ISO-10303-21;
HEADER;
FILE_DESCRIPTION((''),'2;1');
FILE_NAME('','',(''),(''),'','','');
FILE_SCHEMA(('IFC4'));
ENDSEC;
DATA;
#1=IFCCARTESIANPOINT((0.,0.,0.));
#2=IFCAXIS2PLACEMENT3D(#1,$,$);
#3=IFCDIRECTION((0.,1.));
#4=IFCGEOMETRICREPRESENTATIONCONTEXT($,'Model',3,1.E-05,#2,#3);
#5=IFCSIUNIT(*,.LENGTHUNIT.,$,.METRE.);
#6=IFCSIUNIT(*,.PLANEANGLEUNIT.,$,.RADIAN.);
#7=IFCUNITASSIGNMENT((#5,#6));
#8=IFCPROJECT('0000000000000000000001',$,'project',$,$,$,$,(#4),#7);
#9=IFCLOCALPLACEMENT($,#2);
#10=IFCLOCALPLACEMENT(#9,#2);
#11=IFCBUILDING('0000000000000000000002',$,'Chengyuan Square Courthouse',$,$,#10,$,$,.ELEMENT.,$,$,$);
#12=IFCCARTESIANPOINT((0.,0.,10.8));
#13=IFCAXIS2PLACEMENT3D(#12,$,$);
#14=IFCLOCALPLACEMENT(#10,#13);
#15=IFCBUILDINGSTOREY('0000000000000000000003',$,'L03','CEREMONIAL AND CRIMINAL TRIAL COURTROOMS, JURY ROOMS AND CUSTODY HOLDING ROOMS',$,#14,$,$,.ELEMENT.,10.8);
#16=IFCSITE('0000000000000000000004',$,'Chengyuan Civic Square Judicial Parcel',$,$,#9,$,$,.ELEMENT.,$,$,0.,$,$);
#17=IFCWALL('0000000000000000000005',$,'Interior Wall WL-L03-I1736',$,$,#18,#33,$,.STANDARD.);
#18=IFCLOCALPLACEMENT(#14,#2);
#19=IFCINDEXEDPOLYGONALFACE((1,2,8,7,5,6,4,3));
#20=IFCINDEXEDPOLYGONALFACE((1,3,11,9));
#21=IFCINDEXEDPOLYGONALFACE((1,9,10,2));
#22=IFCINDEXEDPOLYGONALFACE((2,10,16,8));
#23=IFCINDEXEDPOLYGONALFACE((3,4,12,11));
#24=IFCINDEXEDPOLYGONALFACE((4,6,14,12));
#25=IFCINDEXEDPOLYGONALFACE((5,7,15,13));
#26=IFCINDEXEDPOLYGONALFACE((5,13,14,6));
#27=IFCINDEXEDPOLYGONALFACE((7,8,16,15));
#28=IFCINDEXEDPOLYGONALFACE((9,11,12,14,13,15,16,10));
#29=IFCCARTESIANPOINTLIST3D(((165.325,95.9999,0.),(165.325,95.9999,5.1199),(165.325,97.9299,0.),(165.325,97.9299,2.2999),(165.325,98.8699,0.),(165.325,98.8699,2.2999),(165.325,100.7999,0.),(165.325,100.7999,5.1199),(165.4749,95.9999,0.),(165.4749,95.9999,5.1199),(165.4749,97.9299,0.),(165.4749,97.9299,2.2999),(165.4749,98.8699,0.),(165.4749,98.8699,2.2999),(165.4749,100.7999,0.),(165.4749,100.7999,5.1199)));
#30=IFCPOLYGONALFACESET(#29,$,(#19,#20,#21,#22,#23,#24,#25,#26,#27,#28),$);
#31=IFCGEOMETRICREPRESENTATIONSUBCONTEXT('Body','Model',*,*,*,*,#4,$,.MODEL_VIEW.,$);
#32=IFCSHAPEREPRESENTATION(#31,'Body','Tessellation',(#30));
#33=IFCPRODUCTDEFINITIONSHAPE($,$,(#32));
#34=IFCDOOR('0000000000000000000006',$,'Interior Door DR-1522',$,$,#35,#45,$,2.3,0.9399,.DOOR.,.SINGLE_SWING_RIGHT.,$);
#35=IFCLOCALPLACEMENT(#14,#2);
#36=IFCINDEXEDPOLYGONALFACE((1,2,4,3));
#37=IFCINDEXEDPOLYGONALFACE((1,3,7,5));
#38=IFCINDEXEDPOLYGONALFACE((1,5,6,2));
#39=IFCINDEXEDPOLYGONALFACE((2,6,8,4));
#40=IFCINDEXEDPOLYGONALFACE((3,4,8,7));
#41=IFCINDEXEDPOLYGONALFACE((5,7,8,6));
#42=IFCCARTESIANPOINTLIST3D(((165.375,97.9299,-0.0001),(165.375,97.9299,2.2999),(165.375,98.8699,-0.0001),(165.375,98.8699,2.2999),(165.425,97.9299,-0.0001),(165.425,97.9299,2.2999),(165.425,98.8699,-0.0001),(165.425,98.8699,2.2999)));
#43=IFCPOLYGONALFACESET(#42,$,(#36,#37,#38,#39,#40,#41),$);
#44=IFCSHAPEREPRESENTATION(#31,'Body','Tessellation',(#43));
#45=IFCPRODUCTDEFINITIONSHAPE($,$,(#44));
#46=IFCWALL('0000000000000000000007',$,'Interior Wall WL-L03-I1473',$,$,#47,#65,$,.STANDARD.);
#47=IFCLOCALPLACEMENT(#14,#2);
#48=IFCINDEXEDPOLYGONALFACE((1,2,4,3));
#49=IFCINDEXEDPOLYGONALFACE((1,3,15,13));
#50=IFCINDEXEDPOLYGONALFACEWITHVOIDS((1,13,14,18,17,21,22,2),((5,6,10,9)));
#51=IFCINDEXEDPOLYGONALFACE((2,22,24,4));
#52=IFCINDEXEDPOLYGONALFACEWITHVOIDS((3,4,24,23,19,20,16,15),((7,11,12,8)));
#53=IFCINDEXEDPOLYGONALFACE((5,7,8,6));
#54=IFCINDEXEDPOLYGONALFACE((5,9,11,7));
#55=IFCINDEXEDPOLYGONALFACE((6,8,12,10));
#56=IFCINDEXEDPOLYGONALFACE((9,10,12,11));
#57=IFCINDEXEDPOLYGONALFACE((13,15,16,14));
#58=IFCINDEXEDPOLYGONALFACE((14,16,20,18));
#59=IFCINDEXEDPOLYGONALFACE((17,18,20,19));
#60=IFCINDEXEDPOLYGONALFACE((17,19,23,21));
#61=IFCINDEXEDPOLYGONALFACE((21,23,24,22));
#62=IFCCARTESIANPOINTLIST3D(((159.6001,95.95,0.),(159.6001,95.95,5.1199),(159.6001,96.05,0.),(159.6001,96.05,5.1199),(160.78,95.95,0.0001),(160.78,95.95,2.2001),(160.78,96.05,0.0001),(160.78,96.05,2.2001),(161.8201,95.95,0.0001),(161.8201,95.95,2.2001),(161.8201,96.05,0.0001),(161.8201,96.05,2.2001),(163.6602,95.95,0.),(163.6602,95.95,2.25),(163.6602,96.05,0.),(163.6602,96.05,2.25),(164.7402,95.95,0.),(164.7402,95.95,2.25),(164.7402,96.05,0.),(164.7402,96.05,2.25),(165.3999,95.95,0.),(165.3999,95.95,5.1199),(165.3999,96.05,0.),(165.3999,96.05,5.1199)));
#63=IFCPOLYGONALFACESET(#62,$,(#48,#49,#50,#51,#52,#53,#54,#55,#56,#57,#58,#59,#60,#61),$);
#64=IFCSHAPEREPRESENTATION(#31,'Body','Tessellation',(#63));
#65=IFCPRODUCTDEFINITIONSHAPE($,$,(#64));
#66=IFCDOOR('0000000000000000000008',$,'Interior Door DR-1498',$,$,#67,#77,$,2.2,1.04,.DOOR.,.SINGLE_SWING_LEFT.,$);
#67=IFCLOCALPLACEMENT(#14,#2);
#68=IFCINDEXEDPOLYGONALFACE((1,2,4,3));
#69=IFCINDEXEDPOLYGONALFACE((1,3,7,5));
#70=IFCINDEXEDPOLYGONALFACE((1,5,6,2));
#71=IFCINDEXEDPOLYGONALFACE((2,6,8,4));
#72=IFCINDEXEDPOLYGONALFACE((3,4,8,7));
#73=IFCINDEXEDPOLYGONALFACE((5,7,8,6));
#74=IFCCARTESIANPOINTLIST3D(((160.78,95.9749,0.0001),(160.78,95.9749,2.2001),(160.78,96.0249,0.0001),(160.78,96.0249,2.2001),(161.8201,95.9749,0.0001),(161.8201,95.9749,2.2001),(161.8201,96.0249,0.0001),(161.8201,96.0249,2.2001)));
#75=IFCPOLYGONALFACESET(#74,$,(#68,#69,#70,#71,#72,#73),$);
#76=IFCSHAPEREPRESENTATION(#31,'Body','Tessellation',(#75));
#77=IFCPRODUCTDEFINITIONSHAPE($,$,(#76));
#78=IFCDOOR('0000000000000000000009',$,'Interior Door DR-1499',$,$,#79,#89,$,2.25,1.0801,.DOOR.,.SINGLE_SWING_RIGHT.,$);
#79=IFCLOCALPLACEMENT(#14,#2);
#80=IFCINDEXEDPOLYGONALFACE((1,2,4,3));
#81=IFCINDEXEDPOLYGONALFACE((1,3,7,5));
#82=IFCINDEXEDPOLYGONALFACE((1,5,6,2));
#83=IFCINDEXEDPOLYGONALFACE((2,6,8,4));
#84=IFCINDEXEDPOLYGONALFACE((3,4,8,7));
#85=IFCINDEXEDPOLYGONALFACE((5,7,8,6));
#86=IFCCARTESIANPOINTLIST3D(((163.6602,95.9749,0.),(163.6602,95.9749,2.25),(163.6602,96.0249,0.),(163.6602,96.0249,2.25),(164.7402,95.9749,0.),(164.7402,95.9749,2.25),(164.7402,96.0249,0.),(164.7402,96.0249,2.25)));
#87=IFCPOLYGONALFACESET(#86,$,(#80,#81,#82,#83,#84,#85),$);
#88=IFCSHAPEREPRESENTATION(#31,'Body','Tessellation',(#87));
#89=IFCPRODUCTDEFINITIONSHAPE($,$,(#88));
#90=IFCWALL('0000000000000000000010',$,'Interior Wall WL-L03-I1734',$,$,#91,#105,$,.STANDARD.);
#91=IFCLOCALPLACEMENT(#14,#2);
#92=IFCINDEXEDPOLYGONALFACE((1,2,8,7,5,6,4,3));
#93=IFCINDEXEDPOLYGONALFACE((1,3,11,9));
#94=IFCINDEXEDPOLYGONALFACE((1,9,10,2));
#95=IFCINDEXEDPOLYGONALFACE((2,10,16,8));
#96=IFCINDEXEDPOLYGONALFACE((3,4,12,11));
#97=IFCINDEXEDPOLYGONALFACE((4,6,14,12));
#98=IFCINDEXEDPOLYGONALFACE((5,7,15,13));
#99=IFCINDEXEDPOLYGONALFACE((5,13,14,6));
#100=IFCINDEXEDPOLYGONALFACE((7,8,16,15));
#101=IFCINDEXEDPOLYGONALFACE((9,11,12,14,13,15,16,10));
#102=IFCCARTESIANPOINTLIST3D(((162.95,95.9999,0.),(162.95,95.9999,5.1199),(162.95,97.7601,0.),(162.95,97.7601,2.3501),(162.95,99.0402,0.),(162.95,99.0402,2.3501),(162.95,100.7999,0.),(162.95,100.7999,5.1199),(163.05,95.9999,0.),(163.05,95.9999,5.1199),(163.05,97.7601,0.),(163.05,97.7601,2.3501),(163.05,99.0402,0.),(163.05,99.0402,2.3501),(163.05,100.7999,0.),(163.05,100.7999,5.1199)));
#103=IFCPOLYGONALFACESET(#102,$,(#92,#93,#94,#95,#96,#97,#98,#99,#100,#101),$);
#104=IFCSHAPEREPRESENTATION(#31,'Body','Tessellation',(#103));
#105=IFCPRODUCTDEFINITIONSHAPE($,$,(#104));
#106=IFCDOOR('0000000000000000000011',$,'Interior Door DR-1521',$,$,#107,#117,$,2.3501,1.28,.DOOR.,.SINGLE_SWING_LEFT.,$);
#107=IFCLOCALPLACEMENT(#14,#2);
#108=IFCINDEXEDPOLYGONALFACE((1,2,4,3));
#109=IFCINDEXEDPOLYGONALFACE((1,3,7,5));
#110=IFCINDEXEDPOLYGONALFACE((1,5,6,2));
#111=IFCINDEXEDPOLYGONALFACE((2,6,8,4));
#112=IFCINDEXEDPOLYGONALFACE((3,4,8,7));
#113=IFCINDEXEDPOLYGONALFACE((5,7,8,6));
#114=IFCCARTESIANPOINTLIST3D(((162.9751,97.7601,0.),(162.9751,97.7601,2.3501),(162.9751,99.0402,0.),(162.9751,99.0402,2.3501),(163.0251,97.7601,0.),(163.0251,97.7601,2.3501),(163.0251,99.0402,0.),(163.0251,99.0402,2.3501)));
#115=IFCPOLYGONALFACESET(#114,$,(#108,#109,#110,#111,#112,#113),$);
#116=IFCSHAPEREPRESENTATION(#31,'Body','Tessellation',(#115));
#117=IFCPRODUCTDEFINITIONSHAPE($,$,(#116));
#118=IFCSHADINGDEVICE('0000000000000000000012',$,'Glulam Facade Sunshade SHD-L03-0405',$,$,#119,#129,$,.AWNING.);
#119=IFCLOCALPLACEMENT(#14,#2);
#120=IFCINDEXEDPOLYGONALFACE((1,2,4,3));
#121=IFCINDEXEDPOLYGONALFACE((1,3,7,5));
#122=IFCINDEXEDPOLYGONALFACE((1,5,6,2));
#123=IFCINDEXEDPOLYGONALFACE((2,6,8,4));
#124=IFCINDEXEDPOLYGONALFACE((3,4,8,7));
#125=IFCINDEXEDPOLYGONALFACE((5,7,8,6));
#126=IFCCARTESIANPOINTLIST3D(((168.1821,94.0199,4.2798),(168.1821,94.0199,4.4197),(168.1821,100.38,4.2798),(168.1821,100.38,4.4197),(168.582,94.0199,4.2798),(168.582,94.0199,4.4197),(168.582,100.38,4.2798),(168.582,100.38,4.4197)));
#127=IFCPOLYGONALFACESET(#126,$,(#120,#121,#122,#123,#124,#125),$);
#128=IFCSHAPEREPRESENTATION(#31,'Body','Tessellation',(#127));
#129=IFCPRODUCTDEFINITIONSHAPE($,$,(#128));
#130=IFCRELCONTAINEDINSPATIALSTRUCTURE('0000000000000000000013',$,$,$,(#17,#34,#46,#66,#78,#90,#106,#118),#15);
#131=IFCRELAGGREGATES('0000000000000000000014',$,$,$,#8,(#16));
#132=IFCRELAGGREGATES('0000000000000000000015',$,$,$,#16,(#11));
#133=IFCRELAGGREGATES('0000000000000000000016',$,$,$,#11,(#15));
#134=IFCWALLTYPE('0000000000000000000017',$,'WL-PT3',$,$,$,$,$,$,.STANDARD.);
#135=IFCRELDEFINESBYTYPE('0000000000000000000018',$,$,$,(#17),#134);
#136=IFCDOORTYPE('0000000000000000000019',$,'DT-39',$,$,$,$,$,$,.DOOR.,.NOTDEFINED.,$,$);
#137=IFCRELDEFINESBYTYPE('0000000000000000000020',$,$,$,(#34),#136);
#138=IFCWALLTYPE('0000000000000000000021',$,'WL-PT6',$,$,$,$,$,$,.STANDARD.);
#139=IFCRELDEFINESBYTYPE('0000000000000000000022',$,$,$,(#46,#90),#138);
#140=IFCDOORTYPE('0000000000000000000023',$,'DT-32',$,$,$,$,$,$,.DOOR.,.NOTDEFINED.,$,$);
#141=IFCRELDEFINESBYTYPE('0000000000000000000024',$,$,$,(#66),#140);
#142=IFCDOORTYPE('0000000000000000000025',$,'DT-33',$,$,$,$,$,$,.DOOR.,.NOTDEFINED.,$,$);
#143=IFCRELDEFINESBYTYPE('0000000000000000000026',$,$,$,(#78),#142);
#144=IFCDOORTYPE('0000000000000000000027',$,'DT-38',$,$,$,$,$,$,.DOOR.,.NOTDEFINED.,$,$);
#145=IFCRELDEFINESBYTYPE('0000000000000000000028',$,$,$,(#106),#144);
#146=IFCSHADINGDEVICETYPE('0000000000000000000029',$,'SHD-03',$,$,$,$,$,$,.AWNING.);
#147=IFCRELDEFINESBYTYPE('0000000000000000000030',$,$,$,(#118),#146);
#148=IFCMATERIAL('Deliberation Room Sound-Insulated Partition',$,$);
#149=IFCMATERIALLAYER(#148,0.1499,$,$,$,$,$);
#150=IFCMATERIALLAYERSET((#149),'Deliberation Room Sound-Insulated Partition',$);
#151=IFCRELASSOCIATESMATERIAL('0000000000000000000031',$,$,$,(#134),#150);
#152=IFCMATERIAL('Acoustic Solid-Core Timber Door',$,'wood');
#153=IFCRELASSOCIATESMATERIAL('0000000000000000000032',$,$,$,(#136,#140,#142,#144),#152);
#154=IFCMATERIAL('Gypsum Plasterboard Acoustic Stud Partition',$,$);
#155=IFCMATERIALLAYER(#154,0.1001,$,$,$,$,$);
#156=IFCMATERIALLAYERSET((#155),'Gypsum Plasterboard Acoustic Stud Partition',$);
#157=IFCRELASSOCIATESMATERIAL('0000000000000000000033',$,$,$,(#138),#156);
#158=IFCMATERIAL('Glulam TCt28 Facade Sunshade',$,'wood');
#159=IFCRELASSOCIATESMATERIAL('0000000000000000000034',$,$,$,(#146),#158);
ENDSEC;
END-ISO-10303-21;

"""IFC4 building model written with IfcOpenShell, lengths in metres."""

from ifc_helpers import new_model, si_unit, direction, frame, frame_2d, origin, origin_2d, place, context, subcontext, project, spatial, rectangle, extrude, material, layer, layer_set, type_object, element, fill, save


model = new_model("IFC4")

# Units and contexts
model_context = context("Model", 3, precision=1e-05, world=origin(), true_north=direction((0.0, 1.0)))
body_context = subcontext(model_context, "Body", "Model", "MODEL_VIEW")
ifc_project = project(units=[si_unit("LENGTHUNIT", "METRE"), si_unit("PLANEANGLEUNIT", "RADIAN")], contexts=[model_context])

# Site, building, storey
site_placement = place(None, origin())
site = spatial("IfcSite", under=ifc_project, at=site_placement, Name="Chengyuan Civic Square Judicial Parcel", CompositionType="ELEMENT", RefElevation=0.0)
building_placement = place(site_placement, origin())
building = spatial("IfcBuilding", under=site, at=building_placement, Name="Chengyuan Square Courthouse", CompositionType="ELEMENT")
storey_placement = place(building_placement, frame((0.0, 0.0, 10.8)))
storey = spatial("IfcBuildingStorey", under=building, at=storey_placement, Name="L03", Description="CEREMONIAL AND CRIMINAL TRIAL COURTROOMS, JURY ROOMS AND CUSTODY HOLDING ROOMS", CompositionType="ELEMENT", Elevation=10.8)

# Shared definitions
ifc_material_1 = material(Name="Deliberation Room Sound-Insulated Partition")
ifc_layer_1 = layer(ifc_material_1, 0.1499)
ifc_layer_set_1 = layer_set([ifc_layer_1], Name="Deliberation Room Sound-Insulated Partition")
wall_type_1 = type_object("IfcWallType", Name="WL-PT3", PredefinedType="STANDARD", material=ifc_layer_set_1)
ifc_material_2 = material(Name="Acoustic Solid-Core Timber Door", Category="wood")

# Wall, opening, door
wall_1_placement = place(storey_placement, frame((165.3999, 96.0, 0.0), z_axis=(0.0, 0.0, 1.0), x_axis=(0.0, 1.0, 0.0)))
wall_1 = element("IfcWall", 1, at=wall_1_placement, inside=storey, type_object=wall_type_1, Name="Interior Wall WL-L03-I1736", PredefinedType="STANDARD", context=body_context, shape_type="SweptSolid", body=[
    extrude(rectangle(XDim=4.8, YDim=0.1499, at=frame_2d((2.3999, 0.0))), origin(), (0.0, 0.0, 1.0), 5.1199),
])
opening_1_placement = place(wall_1_placement, frame((1.9299, 0.0, 0.0)))
opening_1 = element("IfcOpeningElement", 2, at=opening_1_placement, cuts=wall_1, PredefinedType="OPENING", context=body_context, shape_type="SweptSolid", body=[
    extrude(rectangle(XDim=0.9399, YDim=2.3, at=frame_2d((0.47, 1.1499))), frame((0.0, 0.0869, 0.0), z_axis=(0.0, -1.0, 0.0), x_axis=(1.0, 0.0, 0.0)), (0.0, 0.0, 1.0), 0.1738),
])
door_type_1 = type_object("IfcDoorType", Name="DT-39", OperationType="NOTDEFINED", PredefinedType="DOOR", material=ifc_material_2)
door_1_placement = place(opening_1_placement, origin())
door_1 = element("IfcDoor", 3, at=door_1_placement, inside=storey, type_object=door_type_1, Name="Interior Door DR-1522", OperationType="SINGLE_SWING_RIGHT", OverallHeight=2.3, OverallWidth=0.9399, PredefinedType="DOOR", context=body_context, shape_type="SweptSolid", body=[
    extrude(rectangle(XDim=0.9399, YDim=2.3, at=frame_2d((0.47, 1.1499))), frame((0.0, 0.0249, 0.0), z_axis=(0.0, -1.0, 0.0), x_axis=(1.0, 0.0, 0.0)), (0.0, 0.0, 1.0), 0.05),
])
fill(opening_1, door_1)

# Wall, openings, doors
ifc_material_3 = material(Name="Gypsum Plasterboard Acoustic Stud Partition")
ifc_layer_2 = layer(ifc_material_3, 0.1001)
ifc_layer_set_2 = layer_set([ifc_layer_2], Name="Gypsum Plasterboard Acoustic Stud Partition")
wall_type_2 = type_object("IfcWallType", Name="WL-PT6", PredefinedType="STANDARD", material=ifc_layer_set_2)
wall_2_placement = place(storey_placement, frame((159.6001, 96.0, 0.0), z_axis=(0.0, 0.0, 1.0), x_axis=(1.0, 0.0, 0.0)))
wall_2 = element("IfcWall", 4, at=wall_2_placement, inside=storey, type_object=wall_type_2, Name="Interior Wall WL-L03-I1473", PredefinedType="STANDARD", context=body_context, shape_type="SweptSolid", body=[
    extrude(rectangle(XDim=5.7998, YDim=0.1001, at=frame_2d((2.8999, 0.0))), origin(), (0.0, 0.0, 1.0), 5.1199),
])
opening_2_placement = place(wall_2_placement, frame((1.1799, 0.0, 0.0)))
opening_2 = element("IfcOpeningElement", 5, at=opening_2_placement, cuts=wall_2, PredefinedType="OPENING", context=body_context, shape_type="SweptSolid", body=[
    extrude(rectangle(XDim=1.04, YDim=2.2, at=frame_2d((0.52, 1.1001))), frame((0.0, 0.062, 0.0), z_axis=(0.0, -1.0, 0.0), x_axis=(1.0, 0.0, 0.0)), (0.0, 0.0, 1.0), 0.124),
])
opening_3_placement = place(wall_2_placement, frame((4.0601, 0.0, 0.0)))
opening_3 = element("IfcOpeningElement", 6, at=opening_3_placement, cuts=wall_2, PredefinedType="OPENING", context=body_context, shape_type="SweptSolid", body=[
    extrude(rectangle(XDim=1.0801, YDim=2.25, at=frame_2d((0.54, 1.125))), frame((0.0, 0.062, 0.0), z_axis=(0.0, -1.0, 0.0), x_axis=(1.0, 0.0, 0.0)), (0.0, 0.0, 1.0), 0.124),
])
door_type_2 = type_object("IfcDoorType", Name="DT-32", OperationType="NOTDEFINED", PredefinedType="DOOR", material=ifc_material_2)
door_2_placement = place(opening_2_placement, origin())
door_2 = element("IfcDoor", 7, at=door_2_placement, inside=storey, type_object=door_type_2, Name="Interior Door DR-1498", OperationType="SINGLE_SWING_LEFT", OverallHeight=2.2, OverallWidth=1.04, PredefinedType="DOOR", context=body_context, shape_type="SweptSolid", body=[
    extrude(rectangle(XDim=1.04, YDim=2.2, at=frame_2d((0.52, 1.1001))), frame((0.0, 0.0249, 0.0), z_axis=(0.0, -1.0, 0.0), x_axis=(1.0, 0.0, 0.0)), (0.0, 0.0, 1.0), 0.05),
])
fill(opening_2, door_2)
door_type_3 = type_object("IfcDoorType", Name="DT-33", OperationType="NOTDEFINED", PredefinedType="DOOR", material=ifc_material_2)
door_3_placement = place(opening_3_placement, origin())
door_3 = element("IfcDoor", 8, at=door_3_placement, inside=storey, type_object=door_type_3, Name="Interior Door DR-1499", OperationType="SINGLE_SWING_RIGHT", OverallHeight=2.25, OverallWidth=1.0801, PredefinedType="DOOR", context=body_context, shape_type="SweptSolid", body=[
    extrude(rectangle(XDim=1.0801, YDim=2.25, at=frame_2d((0.54, 1.125))), frame((0.0, 0.0249, 0.0), z_axis=(0.0, -1.0, 0.0), x_axis=(1.0, 0.0, 0.0)), (0.0, 0.0, 1.0), 0.05),
])
fill(opening_3, door_3)

# Wall, opening, door
wall_3_placement = place(storey_placement, frame((163.0, 96.0, 0.0), z_axis=(0.0, 0.0, 1.0), x_axis=(0.0, 1.0, 0.0)))
wall_3 = element("IfcWall", 9, at=wall_3_placement, inside=storey, type_object=wall_type_2, Name="Interior Wall WL-L03-I1734", PredefinedType="STANDARD", context=body_context, shape_type="SweptSolid", body=[
    extrude(rectangle(XDim=4.8, YDim=0.1001, at=frame_2d((2.3999, 0.0))), origin(), (0.0, 0.0, 1.0), 5.1199),
])
opening_4_placement = place(wall_3_placement, frame((1.76, 0.0, 0.0)))
opening_4 = element("IfcOpeningElement", 10, at=opening_4_placement, cuts=wall_3, PredefinedType="OPENING", context=body_context, shape_type="SweptSolid", body=[
    extrude(rectangle(XDim=1.28, YDim=2.3501, at=frame_2d((0.6401, 1.175))), frame((0.0, 0.062, 0.0), z_axis=(0.0, -1.0, 0.0), x_axis=(1.0, 0.0, 0.0)), (0.0, 0.0, 1.0), 0.124),
])
door_type_4 = type_object("IfcDoorType", Name="DT-38", OperationType="NOTDEFINED", PredefinedType="DOOR", material=ifc_material_2)
door_4_placement = place(opening_4_placement, origin())
door_4 = element("IfcDoor", 11, at=door_4_placement, inside=storey, type_object=door_type_4, Name="Interior Door DR-1521", OperationType="SINGLE_SWING_LEFT", OverallHeight=2.3501, OverallWidth=1.28, PredefinedType="DOOR", context=body_context, shape_type="SweptSolid", body=[
    extrude(rectangle(XDim=1.28, YDim=2.3501, at=frame_2d((0.6401, 1.175))), frame((0.0, 0.0249, 0.0), z_axis=(0.0, -1.0, 0.0), x_axis=(1.0, 0.0, 0.0)), (0.0, 0.0, 1.0), 0.05),
])
fill(opening_4, door_4)

# Shading device
ifc_material_4 = material(Name="Glulam TCt28 Facade Sunshade", Category="wood")
shading_device_type = type_object("IfcShadingDeviceType", Name="SHD-03", PredefinedType="AWNING", material=ifc_material_4)
shading_device_placement = place(storey_placement, frame((168.3821, 97.2, 4.2798), z_axis=(0.0, 0.0, 1.0), x_axis=(0.0, 1.0, 0.0)))
element("IfcShadingDevice", 12, at=shading_device_placement, inside=storey, type_object=shading_device_type, Name="Glulam Facade Sunshade SHD-L03-0405", PredefinedType="AWNING", context=body_context, shape_type="SweptSolid", body=[
    extrude(rectangle(XDim=6.3601, YDim=0.3999, at=origin_2d()), origin(), (0.0, 0.0, 1.0), 0.1399),
])

save(model, "model.ifc")
